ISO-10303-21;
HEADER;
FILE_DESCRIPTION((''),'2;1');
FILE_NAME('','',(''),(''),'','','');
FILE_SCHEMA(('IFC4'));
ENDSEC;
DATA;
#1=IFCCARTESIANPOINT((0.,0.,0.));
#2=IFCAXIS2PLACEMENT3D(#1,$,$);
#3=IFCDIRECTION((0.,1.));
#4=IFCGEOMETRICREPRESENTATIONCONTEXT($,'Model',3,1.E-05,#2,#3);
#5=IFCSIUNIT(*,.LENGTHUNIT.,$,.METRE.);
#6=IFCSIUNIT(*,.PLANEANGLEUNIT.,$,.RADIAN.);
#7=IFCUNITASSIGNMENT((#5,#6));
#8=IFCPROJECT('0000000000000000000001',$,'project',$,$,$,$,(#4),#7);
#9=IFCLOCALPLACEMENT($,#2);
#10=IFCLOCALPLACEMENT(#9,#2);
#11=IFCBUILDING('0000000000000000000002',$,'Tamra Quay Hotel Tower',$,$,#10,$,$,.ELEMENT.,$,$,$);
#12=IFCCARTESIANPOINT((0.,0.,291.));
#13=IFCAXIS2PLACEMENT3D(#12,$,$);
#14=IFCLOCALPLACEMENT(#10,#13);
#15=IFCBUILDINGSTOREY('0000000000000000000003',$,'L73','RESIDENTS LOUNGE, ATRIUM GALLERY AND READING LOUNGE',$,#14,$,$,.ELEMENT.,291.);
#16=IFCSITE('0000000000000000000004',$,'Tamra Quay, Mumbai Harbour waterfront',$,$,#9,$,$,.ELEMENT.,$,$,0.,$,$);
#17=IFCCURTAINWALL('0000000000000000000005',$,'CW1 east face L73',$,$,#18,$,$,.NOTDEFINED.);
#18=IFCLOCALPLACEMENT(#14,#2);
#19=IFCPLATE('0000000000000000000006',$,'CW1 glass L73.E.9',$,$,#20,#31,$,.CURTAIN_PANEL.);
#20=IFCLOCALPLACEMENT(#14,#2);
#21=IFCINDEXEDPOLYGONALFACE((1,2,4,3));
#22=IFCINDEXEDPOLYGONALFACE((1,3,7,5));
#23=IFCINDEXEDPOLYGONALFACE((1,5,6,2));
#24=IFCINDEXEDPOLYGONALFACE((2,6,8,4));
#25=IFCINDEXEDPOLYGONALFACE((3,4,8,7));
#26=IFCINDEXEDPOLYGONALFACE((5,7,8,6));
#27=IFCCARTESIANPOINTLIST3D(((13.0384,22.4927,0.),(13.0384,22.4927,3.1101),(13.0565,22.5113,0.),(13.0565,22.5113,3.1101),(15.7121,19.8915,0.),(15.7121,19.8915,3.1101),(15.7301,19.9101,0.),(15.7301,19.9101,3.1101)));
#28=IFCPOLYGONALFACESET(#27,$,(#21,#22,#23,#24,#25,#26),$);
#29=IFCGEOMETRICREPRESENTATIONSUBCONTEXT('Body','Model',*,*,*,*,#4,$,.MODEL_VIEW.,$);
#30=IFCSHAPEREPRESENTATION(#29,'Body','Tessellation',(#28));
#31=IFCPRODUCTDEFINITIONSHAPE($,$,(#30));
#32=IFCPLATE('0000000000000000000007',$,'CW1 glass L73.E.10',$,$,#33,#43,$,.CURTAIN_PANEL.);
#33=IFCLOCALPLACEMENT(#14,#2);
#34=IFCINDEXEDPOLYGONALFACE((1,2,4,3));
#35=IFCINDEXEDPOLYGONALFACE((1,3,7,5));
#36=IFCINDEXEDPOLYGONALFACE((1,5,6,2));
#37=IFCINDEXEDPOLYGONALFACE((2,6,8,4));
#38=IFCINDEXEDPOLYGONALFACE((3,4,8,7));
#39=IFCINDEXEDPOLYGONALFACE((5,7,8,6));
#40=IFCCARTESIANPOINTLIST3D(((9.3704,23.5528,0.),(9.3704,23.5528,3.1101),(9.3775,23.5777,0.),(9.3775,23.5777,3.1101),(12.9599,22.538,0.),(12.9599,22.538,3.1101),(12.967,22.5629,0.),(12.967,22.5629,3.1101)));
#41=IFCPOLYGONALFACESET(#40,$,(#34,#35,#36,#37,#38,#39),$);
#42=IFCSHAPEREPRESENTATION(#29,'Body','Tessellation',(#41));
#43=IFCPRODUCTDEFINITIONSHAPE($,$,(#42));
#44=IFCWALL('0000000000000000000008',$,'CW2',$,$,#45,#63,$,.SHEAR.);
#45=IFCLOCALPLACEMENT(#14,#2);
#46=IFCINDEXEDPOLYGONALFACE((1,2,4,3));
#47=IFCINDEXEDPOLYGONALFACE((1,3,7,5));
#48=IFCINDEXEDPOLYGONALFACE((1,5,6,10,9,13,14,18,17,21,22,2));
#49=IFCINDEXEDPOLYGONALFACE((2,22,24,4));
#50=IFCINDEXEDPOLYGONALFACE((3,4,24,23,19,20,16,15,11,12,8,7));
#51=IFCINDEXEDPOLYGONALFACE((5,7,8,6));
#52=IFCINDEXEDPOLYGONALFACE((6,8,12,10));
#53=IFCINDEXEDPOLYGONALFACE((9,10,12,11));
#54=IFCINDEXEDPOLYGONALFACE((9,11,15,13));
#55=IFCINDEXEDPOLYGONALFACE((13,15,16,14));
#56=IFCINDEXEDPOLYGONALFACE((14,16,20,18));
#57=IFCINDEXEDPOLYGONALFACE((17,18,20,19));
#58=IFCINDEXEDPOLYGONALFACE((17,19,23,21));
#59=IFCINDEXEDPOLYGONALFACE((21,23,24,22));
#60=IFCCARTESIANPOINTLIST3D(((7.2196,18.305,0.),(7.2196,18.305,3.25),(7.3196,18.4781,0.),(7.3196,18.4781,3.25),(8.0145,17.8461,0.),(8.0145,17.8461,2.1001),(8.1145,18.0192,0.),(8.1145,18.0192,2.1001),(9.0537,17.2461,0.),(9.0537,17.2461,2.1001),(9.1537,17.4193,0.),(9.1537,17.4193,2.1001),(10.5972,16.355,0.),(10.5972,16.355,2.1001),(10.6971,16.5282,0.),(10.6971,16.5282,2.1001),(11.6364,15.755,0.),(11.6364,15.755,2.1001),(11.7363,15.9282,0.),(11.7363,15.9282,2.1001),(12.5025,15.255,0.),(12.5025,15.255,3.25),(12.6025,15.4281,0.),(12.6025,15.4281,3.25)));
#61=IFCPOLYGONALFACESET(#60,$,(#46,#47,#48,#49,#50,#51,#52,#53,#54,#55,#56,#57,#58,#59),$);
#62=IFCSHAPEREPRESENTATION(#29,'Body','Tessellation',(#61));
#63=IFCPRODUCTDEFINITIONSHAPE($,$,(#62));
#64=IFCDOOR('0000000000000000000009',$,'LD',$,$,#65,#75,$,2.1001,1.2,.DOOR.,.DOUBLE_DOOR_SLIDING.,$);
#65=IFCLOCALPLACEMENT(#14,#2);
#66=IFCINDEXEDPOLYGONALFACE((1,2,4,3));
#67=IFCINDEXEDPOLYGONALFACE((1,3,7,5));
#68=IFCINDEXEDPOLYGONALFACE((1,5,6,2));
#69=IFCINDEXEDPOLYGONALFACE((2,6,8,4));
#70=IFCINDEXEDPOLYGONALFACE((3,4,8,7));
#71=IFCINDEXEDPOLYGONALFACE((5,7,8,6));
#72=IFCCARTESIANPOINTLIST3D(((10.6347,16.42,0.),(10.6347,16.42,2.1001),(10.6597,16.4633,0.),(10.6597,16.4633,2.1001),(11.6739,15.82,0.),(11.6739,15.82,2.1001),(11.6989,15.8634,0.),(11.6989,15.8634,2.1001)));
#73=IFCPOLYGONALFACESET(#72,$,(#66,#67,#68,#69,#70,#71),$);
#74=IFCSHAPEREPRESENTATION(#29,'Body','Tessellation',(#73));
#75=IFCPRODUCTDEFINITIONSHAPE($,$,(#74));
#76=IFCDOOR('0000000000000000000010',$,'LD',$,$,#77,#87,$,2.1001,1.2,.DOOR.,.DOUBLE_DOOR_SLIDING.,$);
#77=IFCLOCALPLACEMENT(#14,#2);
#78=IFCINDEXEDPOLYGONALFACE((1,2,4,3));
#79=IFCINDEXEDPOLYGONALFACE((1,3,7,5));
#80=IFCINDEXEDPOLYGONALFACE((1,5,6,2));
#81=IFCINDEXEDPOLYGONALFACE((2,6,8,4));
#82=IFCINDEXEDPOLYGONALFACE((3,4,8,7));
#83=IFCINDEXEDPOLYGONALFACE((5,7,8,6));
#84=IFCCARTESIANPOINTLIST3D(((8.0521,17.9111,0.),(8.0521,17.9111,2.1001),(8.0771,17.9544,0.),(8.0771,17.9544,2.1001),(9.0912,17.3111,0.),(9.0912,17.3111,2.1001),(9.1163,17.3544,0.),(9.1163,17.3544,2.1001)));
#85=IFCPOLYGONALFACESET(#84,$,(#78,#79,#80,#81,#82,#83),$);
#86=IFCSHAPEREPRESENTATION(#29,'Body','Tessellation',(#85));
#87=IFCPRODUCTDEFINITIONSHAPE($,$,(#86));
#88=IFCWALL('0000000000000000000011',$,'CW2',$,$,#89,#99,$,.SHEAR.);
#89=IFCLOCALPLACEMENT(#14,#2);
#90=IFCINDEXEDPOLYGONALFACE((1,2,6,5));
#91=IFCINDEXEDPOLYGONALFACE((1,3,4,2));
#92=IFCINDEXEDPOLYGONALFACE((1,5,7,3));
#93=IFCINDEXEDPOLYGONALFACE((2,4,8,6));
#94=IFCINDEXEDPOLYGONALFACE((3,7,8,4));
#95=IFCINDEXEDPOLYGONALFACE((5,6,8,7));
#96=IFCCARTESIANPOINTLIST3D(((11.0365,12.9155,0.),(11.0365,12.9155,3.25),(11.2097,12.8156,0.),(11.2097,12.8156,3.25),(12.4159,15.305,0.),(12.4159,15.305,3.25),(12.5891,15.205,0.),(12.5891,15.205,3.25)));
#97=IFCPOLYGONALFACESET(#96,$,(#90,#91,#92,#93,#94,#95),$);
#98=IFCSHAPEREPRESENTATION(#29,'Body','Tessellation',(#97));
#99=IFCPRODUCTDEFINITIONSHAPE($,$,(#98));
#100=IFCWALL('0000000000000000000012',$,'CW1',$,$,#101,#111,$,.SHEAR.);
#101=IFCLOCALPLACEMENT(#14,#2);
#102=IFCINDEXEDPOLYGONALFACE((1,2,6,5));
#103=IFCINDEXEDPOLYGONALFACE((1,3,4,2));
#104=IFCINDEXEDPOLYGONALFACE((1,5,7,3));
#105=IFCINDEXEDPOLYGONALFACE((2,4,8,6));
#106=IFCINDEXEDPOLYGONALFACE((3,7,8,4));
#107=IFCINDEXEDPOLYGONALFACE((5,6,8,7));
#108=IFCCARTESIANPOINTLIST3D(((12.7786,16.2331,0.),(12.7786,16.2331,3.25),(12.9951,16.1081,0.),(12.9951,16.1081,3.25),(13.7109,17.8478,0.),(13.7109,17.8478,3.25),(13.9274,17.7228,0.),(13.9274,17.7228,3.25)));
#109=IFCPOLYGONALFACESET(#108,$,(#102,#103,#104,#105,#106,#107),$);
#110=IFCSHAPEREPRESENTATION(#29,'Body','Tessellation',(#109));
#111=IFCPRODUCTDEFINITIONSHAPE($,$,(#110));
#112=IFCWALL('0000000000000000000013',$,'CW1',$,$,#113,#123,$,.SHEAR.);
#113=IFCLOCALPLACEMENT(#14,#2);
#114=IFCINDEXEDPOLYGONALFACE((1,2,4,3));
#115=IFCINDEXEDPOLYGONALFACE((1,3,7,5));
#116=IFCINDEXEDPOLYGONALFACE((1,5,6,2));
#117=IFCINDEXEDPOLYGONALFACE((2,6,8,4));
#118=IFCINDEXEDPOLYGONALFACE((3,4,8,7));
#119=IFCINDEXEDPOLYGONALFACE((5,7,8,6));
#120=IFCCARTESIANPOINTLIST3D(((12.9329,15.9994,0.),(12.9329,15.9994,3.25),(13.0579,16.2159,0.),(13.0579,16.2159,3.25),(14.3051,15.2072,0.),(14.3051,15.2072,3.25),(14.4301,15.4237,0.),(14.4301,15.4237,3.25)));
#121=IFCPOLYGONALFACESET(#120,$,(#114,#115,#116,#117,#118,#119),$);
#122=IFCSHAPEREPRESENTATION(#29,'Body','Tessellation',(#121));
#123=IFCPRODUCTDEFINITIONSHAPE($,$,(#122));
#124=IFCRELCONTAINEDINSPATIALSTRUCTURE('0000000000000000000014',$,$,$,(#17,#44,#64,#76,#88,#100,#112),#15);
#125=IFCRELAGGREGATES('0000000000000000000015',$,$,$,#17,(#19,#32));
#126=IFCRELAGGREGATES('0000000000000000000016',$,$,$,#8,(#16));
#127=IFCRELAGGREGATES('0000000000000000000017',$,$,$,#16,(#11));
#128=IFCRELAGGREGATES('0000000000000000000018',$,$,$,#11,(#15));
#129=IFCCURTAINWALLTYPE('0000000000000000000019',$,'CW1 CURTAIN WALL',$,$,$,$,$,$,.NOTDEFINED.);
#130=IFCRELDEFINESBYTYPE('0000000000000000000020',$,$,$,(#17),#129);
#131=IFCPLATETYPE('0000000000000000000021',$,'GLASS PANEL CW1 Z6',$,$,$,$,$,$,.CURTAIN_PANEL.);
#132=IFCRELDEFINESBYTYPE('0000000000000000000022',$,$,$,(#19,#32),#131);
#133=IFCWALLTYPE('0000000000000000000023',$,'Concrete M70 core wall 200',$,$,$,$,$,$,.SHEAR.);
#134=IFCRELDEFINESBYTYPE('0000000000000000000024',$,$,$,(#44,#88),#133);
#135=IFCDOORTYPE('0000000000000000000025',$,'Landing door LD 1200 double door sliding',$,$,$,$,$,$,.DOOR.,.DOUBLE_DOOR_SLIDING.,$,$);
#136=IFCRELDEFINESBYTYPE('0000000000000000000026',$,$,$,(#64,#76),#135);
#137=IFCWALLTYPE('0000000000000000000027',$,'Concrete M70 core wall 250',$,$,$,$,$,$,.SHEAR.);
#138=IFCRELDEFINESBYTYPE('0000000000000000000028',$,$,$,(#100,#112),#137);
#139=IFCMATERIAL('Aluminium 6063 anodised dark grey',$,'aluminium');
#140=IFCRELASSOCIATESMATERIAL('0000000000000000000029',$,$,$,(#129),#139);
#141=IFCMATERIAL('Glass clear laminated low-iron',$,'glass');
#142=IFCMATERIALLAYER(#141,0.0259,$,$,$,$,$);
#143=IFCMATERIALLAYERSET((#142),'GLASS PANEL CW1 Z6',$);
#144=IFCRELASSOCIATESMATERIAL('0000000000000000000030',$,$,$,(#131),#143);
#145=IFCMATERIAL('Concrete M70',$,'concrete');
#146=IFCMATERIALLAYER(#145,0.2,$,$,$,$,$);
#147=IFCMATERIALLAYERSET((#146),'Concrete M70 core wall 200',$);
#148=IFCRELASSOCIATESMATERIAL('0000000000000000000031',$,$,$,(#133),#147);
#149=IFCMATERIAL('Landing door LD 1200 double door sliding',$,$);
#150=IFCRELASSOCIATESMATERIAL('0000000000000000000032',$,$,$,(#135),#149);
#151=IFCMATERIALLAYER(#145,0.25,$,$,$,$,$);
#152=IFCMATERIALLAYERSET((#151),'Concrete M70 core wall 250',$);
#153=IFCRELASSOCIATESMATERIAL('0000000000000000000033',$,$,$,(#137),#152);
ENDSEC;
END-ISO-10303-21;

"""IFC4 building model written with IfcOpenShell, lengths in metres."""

from ifc_helpers import new_model, si_unit, direction, frame, frame_2d, origin, origin_2d, place, context, subcontext, project, spatial, rectangle, extrude, material, layer, layer_set, type_object, element, fill, aggregate, save


model = new_model("IFC4")

# Units and contexts
model_context = context("Model", 3, precision=1e-05, world=origin(), true_north=direction((0.0, 1.0)))
body_context = subcontext(model_context, "Body", "Model", "MODEL_VIEW")
ifc_project = project(units=[si_unit("LENGTHUNIT", "METRE"), si_unit("PLANEANGLEUNIT", "RADIAN")], contexts=[model_context])

# Site, building, storey
site_placement = place(None, origin())
site = spatial("IfcSite", under=ifc_project, at=site_placement, Name="Tamra Quay, Mumbai Harbour waterfront", CompositionType="ELEMENT", RefElevation=0.0)
building_placement = place(site_placement, origin())
building = spatial("IfcBuilding", under=site, at=building_placement, Name="Tamra Quay Hotel Tower", CompositionType="ELEMENT")
storey_placement = place(building_placement, frame((0.0, 0.0, 291.0)))
storey = spatial("IfcBuildingStorey", under=building, at=storey_placement, Name="L73", Description="RESIDENTS LOUNGE, ATRIUM GALLERY AND READING LOUNGE", CompositionType="ELEMENT", Elevation=291.0)

# Shared definitions
ifc_material_1 = material(Name="Concrete M70", Category="concrete")

# Curtain wall
ifc_material_2 = material(Name="Aluminium 6063 anodised dark grey", Category="aluminium")
curtain_wall_type = type_object("IfcCurtainWallType", Name="CW1 CURTAIN WALL", PredefinedType="NOTDEFINED", material=ifc_material_2)
curtain_wall_placement = place(storey_placement, origin())
curtain_wall = element("IfcCurtainWall", 1, at=curtain_wall_placement, inside=storey, type_object=curtain_wall_type, Name="CW1 east face L73", PredefinedType="NOTDEFINED")

# Plates
ifc_material_3 = material(Name="Glass clear laminated low-iron", Category="glass")
ifc_layer_1 = layer(ifc_material_3, 0.0259)
ifc_layer_set_1 = layer_set([ifc_layer_1], Name="GLASS PANEL CW1 Z6")
plate_type = type_object("IfcPlateType", Name="GLASS PANEL CW1 Z6", PredefinedType="CURTAIN_PANEL", material=ifc_layer_set_1)
plate_1_placement = place(storey_placement, frame((14.3843, 21.2014, 0.0), z_axis=(0.0, 0.0, 1.0), x_axis=(-0.716753, 0.697327, 0.0)))
plate_1 = element("IfcPlate", 2, at=plate_1_placement, type_object=plate_type, Name="CW1 glass L73.E.9", PredefinedType="CURTAIN_PANEL", context=body_context, shape_type="SweptSolid", body=[
    extrude(rectangle(XDim=3.7302, YDim=0.0259, at=origin_2d()), origin(), (0.0, 0.0, 1.0), 3.1101),
])
plate_2_placement = place(storey_placement, frame((11.1687, 23.0579, 0.0), z_axis=(0.0, 0.0, 1.0), x_axis=(-0.96228, 0.272062, 0.0)))
plate_2 = element("IfcPlate", 3, at=plate_2_placement, type_object=plate_type, Name="CW1 glass L73.E.10", PredefinedType="CURTAIN_PANEL", context=body_context, shape_type="SweptSolid", body=[
    extrude(rectangle(XDim=3.7302, YDim=0.0259, at=origin_2d()), origin(), (0.0, 0.0, 1.0), 3.1101),
])
aggregate(curtain_wall, [plate_1, plate_2])

# Wall, openings, doors
ifc_layer_2 = layer(ifc_material_1, 0.2)
ifc_layer_set_2 = layer_set([ifc_layer_2], Name="Concrete M70 core wall 200")
wall_type_1 = type_object("IfcWallType", Name="Concrete M70 core wall 200", PredefinedType="SHEAR", material=ifc_layer_set_2)
wall_1_placement = place(storey_placement, frame((12.5525, 15.3416, 0.0), z_axis=(0.0, 0.0, 1.0), x_axis=(-0.86603, 0.499992, 0.0)))
wall_1 = element("IfcWall", 4, at=wall_1_placement, inside=storey, type_object=wall_type_1, Name="CW2", PredefinedType="SHEAR", context=body_context, shape_type="SweptSolid", body=[
    extrude(rectangle(XDim=6.1001, YDim=0.2, at=frame_2d((3.05, 0.0))), origin(), (0.0, 0.0, 1.0), 3.25),
])
opening_1_placement = place(wall_1_placement, frame((1.0, 0.0, 0.0)))
opening_1 = element("IfcOpeningElement", 5, at=opening_1_placement, cuts=wall_1, PredefinedType="OPENING", context=body_context, shape_type="SweptSolid", body=[
    extrude(rectangle(XDim=1.2, YDim=2.1001, at=frame_2d((0.6001, 1.05))), frame((0.0, 0.1099, 0.0), z_axis=(0.0, -1.0, 0.0), x_axis=(1.0, 0.0, 0.0)), (0.0, 0.0, 1.0), 0.22),
])
opening_2_placement = place(wall_1_placement, frame((3.9822, 0.0, 0.0)))
opening_2 = element("IfcOpeningElement", 6, at=opening_2_placement, cuts=wall_1, PredefinedType="OPENING", context=body_context, shape_type="SweptSolid", body=[
    extrude(rectangle(XDim=1.2, YDim=2.1001, at=frame_2d((0.6001, 1.05))), frame((0.0, 0.1099, 0.0), z_axis=(0.0, -1.0, 0.0), x_axis=(1.0, 0.0, 0.0)), (0.0, 0.0, 1.0), 0.22),
])
ifc_material_4 = material(Name="Landing door LD 1200 double door sliding")
door_type = type_object("IfcDoorType", Name="Landing door LD 1200 double door sliding", OperationType="DOUBLE_DOOR_SLIDING", PredefinedType="DOOR", material=ifc_material_4)
door_1_placement = place(opening_1_placement, origin())
door_1 = element("IfcDoor", 7, at=door_1_placement, inside=storey, type_object=door_type, Name="LD", OperationType="DOUBLE_DOOR_SLIDING", OverallHeight=2.1001, OverallWidth=1.2, PredefinedType="DOOR", context=body_context, shape_type="SweptSolid", body=[
    extrude(rectangle(XDim=1.2, YDim=2.1001, at=frame_2d((0.6001, 1.05))), frame((0.0, 0.0249, 0.0), z_axis=(0.0, -1.0, 0.0), x_axis=(1.0, 0.0, 0.0)), (0.0, 0.0, 1.0), 0.05),
])
fill(opening_1, door_1)
door_2_placement = place(opening_2_placement, origin())
door_2 = element("IfcDoor", 8, at=door_2_placement, inside=storey, type_object=door_type, Name="LD", OperationType="DOUBLE_DOOR_SLIDING", OverallHeight=2.1001, OverallWidth=1.2, PredefinedType="DOOR", context=body_context, shape_type="SweptSolid", body=[
    extrude(rectangle(XDim=1.2, YDim=2.1001, at=frame_2d((0.6001, 1.05))), frame((0.0, 0.0249, 0.0), z_axis=(0.0, -1.0, 0.0), x_axis=(1.0, 0.0, 0.0)), (0.0, 0.0, 1.0), 0.05),
])
fill(opening_2, door_2)

# Walls
wall_2_placement = place(storey_placement, frame((12.5024, 15.2549, 0.0), z_axis=(0.0, 0.0, 1.0), x_axis=(-0.499965, -0.866046, 0.0)))
element("IfcWall", 9, at=wall_2_placement, inside=storey, type_object=wall_type_1, Name="CW2", PredefinedType="SHEAR", context=body_context, shape_type="SweptSolid", body=[
    extrude(rectangle(XDim=2.759, YDim=0.2, at=frame_2d((1.3794, 0.0))), origin(), (0.0, 0.0, 1.0), 3.25),
])
ifc_layer_3 = layer(ifc_material_1, 0.25)
ifc_layer_set_3 = layer_set([ifc_layer_3], Name="Concrete M70 core wall 250")
wall_type_2 = type_object("IfcWallType", Name="Concrete M70 core wall 250", PredefinedType="SHEAR", material=ifc_layer_set_3)
wall_3_placement = place(storey_placement, frame((13.8191, 17.7852, 0.0), z_axis=(0.0, 0.0, 1.0), x_axis=(-0.50004, -0.866002, 0.0)))
element("IfcWall", 10, at=wall_3_placement, inside=storey, type_object=wall_type_2, Name="CW1", PredefinedType="SHEAR", context=body_context, shape_type="SweptSolid", body=[
    extrude(rectangle(XDim=1.8645, YDim=0.25, at=frame_2d((0.9321, 0.0))), origin(), (0.0, 0.0, 1.0), 3.25),
])
wall_4_placement = place(storey_placement, frame((12.9954, 16.1077, 0.0), z_axis=(0.0, 0.0, 1.0), x_axis=(0.866044, -0.499967, 0.0)))
element("IfcWall", 11, at=wall_4_placement, inside=storey, type_object=wall_type_2, Name="CW1", PredefinedType="SHEAR", context=body_context, shape_type="SweptSolid", body=[
    extrude(rectangle(XDim=1.5845, YDim=0.25, at=frame_2d((0.7922, 0.0))), origin(), (0.0, 0.0, 1.0), 3.25),
])

save(model, "model.ifc")
